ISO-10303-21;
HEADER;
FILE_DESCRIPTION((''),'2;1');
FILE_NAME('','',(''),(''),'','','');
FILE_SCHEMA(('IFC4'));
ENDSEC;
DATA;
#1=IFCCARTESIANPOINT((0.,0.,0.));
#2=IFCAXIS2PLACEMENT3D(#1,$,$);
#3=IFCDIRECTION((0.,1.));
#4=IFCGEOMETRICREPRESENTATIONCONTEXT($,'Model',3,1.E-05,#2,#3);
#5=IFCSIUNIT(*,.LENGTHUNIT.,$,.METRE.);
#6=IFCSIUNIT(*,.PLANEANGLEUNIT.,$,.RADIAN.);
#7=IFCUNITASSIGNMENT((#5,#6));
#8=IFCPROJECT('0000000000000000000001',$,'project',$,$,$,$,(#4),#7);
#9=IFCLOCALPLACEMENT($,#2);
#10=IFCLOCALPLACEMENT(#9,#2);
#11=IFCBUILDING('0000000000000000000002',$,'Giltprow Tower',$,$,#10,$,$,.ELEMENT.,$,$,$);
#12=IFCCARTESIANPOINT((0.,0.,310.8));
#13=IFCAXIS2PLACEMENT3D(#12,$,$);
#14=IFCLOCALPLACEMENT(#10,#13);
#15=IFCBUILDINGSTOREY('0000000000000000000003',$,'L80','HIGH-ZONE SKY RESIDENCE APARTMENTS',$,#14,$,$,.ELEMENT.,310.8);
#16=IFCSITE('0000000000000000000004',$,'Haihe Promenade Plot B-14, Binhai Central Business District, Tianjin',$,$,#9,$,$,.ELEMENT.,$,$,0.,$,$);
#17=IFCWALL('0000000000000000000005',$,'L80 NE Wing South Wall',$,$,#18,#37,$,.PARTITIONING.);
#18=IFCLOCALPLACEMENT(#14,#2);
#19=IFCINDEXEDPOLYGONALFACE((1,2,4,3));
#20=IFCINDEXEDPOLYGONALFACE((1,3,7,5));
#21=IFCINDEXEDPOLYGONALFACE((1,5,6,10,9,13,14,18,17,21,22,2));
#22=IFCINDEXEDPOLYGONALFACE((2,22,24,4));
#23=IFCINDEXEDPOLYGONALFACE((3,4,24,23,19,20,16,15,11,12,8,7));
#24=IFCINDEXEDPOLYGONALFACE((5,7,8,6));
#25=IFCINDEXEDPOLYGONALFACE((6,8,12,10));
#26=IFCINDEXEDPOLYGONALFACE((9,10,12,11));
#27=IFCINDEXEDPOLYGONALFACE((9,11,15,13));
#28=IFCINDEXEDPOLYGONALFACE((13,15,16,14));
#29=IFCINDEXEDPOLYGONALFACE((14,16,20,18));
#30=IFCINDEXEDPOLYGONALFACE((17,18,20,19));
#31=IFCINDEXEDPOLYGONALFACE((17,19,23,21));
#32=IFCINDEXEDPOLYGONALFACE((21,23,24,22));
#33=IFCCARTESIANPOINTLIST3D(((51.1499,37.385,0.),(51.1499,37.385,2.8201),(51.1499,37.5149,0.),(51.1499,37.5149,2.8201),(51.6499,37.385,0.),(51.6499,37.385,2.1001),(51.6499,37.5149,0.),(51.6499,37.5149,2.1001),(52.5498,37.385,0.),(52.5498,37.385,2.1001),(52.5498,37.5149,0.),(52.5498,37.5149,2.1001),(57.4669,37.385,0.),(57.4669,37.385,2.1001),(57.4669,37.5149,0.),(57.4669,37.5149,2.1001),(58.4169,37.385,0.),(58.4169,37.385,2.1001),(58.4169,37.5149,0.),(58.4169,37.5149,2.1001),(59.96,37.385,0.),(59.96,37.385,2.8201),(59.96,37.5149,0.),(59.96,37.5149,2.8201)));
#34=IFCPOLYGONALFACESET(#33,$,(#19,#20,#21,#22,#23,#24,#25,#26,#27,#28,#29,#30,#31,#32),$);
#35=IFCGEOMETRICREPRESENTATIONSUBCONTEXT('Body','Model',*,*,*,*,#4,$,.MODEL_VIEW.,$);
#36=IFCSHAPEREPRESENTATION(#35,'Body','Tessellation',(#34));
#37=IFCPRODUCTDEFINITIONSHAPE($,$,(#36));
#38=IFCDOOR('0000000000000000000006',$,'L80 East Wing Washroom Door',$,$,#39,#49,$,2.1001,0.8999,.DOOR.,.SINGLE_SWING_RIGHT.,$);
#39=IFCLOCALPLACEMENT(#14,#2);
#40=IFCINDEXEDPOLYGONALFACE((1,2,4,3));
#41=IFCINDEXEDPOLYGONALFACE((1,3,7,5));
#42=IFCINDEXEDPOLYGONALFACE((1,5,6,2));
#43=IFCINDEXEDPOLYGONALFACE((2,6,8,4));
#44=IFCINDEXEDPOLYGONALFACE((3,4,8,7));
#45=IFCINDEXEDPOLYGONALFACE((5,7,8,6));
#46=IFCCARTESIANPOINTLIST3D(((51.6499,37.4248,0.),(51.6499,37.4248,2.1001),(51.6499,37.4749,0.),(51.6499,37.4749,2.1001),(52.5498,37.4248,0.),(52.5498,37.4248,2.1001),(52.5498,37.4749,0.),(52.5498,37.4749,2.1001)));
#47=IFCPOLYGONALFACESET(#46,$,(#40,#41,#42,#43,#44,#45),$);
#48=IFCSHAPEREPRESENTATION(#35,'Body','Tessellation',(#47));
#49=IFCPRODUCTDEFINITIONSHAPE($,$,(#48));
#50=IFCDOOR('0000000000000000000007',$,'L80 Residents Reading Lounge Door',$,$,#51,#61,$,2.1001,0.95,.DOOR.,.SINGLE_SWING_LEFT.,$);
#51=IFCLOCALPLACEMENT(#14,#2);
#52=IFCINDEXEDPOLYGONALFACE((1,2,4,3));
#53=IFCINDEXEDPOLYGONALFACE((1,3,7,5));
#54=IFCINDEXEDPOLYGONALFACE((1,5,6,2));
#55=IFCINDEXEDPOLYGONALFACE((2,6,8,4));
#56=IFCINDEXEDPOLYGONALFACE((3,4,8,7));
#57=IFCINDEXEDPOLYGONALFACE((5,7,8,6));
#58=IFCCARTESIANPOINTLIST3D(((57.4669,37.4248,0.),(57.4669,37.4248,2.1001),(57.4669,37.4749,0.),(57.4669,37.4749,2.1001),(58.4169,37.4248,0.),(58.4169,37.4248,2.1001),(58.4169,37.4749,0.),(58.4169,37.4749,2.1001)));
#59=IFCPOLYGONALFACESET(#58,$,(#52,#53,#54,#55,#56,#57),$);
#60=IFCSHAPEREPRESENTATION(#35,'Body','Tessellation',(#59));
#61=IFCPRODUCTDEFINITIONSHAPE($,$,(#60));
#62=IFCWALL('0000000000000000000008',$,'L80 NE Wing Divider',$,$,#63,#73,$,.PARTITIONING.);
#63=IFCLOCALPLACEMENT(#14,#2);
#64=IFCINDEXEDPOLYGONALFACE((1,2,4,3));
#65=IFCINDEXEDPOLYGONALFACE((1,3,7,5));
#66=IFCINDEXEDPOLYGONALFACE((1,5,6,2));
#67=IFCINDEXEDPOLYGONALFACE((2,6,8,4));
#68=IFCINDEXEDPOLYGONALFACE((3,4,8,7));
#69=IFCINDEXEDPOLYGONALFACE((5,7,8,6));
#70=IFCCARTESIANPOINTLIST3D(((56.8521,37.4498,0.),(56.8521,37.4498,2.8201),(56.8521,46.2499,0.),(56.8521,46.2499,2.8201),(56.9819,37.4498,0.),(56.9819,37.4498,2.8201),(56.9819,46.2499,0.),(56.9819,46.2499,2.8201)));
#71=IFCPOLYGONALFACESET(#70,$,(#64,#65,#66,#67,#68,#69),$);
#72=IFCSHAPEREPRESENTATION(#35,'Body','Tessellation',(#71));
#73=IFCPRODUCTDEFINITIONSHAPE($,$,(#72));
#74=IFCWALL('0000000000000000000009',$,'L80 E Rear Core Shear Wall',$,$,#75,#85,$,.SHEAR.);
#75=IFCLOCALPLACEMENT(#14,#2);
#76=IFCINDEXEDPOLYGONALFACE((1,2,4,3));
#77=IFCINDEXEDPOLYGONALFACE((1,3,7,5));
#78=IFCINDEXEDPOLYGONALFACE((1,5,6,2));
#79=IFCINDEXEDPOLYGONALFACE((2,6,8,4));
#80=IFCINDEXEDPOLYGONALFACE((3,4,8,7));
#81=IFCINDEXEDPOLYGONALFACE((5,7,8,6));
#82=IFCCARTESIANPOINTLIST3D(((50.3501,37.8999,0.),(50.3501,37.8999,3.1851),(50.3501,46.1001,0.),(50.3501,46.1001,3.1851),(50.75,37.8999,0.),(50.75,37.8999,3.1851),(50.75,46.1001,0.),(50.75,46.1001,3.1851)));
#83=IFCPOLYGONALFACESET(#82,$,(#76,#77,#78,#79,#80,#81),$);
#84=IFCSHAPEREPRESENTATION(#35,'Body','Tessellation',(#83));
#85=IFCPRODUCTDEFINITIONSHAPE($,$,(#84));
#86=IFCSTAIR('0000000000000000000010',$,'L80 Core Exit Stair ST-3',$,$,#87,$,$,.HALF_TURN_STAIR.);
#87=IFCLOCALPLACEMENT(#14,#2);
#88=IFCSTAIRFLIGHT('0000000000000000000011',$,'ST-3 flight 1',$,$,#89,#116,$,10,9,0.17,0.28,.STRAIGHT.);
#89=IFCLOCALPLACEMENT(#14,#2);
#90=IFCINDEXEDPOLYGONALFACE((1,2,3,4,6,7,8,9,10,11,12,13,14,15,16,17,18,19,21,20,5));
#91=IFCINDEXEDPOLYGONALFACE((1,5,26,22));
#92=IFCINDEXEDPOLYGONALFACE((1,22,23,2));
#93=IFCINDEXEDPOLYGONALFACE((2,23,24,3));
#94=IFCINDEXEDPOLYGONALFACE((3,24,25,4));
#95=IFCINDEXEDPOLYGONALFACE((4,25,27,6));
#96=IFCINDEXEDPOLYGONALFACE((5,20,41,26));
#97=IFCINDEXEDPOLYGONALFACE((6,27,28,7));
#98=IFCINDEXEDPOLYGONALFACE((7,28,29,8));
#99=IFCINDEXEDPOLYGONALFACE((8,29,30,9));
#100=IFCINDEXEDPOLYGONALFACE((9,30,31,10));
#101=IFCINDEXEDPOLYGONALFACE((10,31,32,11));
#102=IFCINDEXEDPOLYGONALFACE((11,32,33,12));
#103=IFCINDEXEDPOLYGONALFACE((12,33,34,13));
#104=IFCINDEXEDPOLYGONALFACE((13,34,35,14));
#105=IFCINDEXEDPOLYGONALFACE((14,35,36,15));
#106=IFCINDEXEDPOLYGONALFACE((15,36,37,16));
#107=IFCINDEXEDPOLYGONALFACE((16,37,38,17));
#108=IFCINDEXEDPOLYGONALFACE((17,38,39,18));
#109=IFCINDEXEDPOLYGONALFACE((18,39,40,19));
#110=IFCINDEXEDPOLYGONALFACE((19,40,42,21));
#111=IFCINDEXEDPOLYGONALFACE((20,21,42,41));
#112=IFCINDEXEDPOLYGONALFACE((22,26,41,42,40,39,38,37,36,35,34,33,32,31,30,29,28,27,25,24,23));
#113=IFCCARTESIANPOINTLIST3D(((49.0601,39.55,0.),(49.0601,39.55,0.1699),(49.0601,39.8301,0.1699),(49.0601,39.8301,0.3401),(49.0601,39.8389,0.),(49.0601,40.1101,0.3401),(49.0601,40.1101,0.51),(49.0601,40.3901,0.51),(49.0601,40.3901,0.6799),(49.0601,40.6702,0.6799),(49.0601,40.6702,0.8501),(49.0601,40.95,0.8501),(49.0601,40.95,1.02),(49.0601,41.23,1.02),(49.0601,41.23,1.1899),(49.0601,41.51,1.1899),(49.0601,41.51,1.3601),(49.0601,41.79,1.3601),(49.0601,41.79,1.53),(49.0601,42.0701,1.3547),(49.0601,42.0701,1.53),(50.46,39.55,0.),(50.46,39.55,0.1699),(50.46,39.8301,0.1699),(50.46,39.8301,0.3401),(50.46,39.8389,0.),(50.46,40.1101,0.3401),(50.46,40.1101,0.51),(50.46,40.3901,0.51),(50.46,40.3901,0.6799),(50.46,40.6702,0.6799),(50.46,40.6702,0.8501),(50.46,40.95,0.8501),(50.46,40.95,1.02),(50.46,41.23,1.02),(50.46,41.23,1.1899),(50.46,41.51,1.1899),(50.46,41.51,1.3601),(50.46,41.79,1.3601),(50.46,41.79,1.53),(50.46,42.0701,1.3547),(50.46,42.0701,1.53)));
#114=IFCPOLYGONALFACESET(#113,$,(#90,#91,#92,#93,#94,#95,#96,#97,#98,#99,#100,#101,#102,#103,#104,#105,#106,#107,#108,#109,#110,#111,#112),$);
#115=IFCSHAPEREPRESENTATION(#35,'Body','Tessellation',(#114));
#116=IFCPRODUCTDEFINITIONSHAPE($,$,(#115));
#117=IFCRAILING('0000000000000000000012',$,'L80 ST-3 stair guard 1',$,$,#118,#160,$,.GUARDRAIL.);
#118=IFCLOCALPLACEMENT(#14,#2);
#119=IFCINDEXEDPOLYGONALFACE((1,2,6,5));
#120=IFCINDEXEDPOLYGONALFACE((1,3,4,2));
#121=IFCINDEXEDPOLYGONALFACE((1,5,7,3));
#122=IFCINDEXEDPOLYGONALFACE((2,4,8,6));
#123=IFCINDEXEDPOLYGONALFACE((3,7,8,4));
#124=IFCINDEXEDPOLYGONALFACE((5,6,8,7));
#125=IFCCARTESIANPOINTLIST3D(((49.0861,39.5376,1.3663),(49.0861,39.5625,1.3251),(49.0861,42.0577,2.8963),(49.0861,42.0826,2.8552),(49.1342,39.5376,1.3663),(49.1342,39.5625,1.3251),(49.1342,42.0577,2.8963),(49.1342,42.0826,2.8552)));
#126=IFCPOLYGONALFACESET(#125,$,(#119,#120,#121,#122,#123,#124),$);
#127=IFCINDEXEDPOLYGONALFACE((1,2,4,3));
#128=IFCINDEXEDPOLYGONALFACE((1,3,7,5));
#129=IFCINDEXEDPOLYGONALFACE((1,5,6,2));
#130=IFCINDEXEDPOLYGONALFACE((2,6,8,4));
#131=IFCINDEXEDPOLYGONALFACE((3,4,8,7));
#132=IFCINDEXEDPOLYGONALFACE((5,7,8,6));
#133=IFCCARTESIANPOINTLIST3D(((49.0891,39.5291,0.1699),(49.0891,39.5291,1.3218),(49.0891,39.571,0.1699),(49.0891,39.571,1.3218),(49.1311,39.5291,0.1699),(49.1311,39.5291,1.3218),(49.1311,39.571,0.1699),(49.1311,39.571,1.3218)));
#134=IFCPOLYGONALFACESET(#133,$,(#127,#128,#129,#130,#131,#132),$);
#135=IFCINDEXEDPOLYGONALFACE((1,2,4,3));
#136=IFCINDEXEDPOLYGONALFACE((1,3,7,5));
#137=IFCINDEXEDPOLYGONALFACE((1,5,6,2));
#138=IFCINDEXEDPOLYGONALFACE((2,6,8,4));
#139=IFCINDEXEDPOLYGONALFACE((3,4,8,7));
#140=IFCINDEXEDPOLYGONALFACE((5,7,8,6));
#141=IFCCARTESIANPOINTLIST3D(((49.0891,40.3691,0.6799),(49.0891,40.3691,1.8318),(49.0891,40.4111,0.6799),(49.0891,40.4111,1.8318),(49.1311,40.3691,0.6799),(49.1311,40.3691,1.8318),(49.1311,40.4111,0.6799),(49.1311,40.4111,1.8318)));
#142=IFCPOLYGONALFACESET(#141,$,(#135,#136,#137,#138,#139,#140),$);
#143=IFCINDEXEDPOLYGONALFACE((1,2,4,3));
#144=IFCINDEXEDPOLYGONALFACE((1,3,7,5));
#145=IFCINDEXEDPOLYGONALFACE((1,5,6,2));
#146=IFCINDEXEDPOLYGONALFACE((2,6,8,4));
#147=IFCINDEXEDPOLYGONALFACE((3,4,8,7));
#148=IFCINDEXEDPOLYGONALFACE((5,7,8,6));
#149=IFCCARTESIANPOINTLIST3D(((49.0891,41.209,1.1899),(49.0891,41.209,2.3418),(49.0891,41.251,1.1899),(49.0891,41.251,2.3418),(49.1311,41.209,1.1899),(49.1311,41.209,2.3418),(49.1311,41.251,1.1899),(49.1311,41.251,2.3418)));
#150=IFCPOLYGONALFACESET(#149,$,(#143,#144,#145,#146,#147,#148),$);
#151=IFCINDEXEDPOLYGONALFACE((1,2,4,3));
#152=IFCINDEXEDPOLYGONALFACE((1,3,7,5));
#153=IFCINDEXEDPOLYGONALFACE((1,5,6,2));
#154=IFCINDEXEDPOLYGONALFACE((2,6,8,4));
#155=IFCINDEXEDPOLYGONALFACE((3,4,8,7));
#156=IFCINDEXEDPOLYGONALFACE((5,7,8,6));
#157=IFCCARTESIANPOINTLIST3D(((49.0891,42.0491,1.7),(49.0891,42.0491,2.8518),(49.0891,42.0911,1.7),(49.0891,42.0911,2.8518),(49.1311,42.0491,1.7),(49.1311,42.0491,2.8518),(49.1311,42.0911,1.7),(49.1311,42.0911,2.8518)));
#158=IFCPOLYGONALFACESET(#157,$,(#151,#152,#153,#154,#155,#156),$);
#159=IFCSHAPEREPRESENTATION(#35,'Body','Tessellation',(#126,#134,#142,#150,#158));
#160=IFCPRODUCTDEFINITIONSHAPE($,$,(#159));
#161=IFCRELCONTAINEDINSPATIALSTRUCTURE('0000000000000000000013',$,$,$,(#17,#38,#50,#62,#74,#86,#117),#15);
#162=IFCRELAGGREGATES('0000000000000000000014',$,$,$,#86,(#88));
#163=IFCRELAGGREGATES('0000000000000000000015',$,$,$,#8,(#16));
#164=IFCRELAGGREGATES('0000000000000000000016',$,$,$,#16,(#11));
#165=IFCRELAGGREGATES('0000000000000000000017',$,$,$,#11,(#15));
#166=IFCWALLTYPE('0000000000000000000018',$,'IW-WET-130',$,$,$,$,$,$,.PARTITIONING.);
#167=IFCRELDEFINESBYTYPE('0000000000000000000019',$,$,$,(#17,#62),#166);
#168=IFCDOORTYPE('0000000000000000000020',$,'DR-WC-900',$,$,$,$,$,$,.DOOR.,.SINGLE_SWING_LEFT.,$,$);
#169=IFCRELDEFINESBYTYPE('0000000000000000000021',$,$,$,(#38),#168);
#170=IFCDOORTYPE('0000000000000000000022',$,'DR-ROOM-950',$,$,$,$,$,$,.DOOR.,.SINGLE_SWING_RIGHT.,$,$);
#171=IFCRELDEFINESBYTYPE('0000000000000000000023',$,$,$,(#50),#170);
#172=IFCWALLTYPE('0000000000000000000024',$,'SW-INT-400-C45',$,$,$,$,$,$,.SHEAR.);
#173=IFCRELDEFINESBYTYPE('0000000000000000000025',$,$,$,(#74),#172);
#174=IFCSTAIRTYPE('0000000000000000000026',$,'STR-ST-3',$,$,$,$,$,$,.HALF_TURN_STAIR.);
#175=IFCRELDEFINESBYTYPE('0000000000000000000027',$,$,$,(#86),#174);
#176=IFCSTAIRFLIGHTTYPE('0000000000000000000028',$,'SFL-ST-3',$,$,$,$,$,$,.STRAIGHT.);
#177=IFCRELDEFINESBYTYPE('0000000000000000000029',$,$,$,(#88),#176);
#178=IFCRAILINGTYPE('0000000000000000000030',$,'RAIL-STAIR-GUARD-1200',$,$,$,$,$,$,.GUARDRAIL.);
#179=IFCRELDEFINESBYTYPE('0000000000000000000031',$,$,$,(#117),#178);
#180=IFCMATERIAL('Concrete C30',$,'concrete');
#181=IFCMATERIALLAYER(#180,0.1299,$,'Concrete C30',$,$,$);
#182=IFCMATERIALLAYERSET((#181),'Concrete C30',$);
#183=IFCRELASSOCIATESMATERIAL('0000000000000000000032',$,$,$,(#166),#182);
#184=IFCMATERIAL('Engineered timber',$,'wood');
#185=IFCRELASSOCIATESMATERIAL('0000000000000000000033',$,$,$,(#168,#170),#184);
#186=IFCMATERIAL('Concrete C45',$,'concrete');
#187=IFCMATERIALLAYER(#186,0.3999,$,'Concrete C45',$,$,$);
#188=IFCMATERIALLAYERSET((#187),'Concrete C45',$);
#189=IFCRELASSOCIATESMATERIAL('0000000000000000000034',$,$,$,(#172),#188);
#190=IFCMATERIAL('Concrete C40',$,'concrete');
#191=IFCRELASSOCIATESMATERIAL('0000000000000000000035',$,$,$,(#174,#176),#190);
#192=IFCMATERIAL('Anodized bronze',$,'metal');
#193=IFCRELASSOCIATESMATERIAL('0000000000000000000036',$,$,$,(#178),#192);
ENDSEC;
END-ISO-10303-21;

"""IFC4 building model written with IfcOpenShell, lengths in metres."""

from ifc_helpers import new_model, si_unit, direction, frame, frame_2d, origin, origin_2d, place, context, subcontext, project, spatial, polyline, rectangle, outline, extrude, source, transform, mapped, material, layer, layer_set, type_object, element, fill, aggregate, save


model = new_model("IFC4")

# Units and contexts
model_context = context("Model", 3, precision=1e-05, world=origin(), true_north=direction((0.0, 1.0)))
body_context = subcontext(model_context, "Body", "Model", "MODEL_VIEW")
ifc_project = project(units=[si_unit("LENGTHUNIT", "METRE"), si_unit("PLANEANGLEUNIT", "RADIAN")], contexts=[model_context])

# Site, building, storey
site_placement = place(None, origin())
site = spatial("IfcSite", under=ifc_project, at=site_placement, Name="Haihe Promenade Plot B-14, Binhai Central Business District, Tianjin", CompositionType="ELEMENT", RefElevation=0.0)
building_placement = place(site_placement, origin())
building = spatial("IfcBuilding", under=site, at=building_placement, Name="Giltprow Tower", CompositionType="ELEMENT")
storey_placement = place(building_placement, frame((0.0, 0.0, 310.8)))
storey = spatial("IfcBuildingStorey", under=building, at=storey_placement, Name="L80", Description="HIGH-ZONE SKY RESIDENCE APARTMENTS", CompositionType="ELEMENT", Elevation=310.8)

# Shared definitions
ifc_material_1 = material(Name="Concrete C45", Category="concrete")

# Wall, openings, doors
ifc_material_2 = material(Name="Concrete C30", Category="concrete")
ifc_layer_1 = layer(ifc_material_2, 0.1299, Name="Concrete C30")
ifc_layer_set_1 = layer_set([ifc_layer_1], Name="Concrete C30")
wall_type_1 = type_object("IfcWallType", Name="IW-WET-130", PredefinedType="PARTITIONING", material=ifc_layer_set_1)
wall_1_placement = place(storey_placement, frame((51.1499, 37.45, 0.0), z_axis=(0.0, 0.0, 1.0), x_axis=(1.0, 0.0, 0.0)))
wall_1 = element("IfcWall", 1, at=wall_1_placement, inside=storey, type_object=wall_type_1, Name="L80 NE Wing South Wall", PredefinedType="PARTITIONING", context=body_context, shape_type="SweptSolid", body=[
    extrude(rectangle(XDim=8.8101, YDim=0.1299, at=frame_2d((4.405, 0.0))), origin(), (0.0, 0.0, 1.0), 2.8201),
])
opening_1_placement = place(wall_1_placement, frame((0.5, 0.0, 0.0)))
opening_1 = element("IfcOpeningElement", 2, at=opening_1_placement, cuts=wall_1, PredefinedType="OPENING", context=body_context, shape_type="SweptSolid", body=[
    extrude(rectangle(XDim=0.8999, YDim=2.1001, at=frame_2d((0.45, 1.05))), frame((0.0, 0.075, 0.0), z_axis=(0.0, -1.0, 0.0), x_axis=(1.0, 0.0, 0.0)), (0.0, 0.0, 1.0), 0.1499),
])
opening_2_placement = place(wall_1_placement, frame((6.3169, 0.0, 0.0)))
opening_2 = element("IfcOpeningElement", 3, at=opening_2_placement, cuts=wall_1, PredefinedType="OPENING", context=body_context, shape_type="SweptSolid", body=[
    extrude(rectangle(XDim=0.95, YDim=2.1001, at=frame_2d((0.4751, 1.05))), frame((0.0, 0.075, 0.0), z_axis=(0.0, -1.0, 0.0), x_axis=(1.0, 0.0, 0.0)), (0.0, 0.0, 1.0), 0.1499),
])
ifc_material_3 = material(Name="Engineered timber", Category="wood")
door_type_1 = type_object("IfcDoorType", Name="DR-WC-900", OperationType="SINGLE_SWING_LEFT", PredefinedType="DOOR", material=ifc_material_3)
shared_shape_1 = source(origin(), body_context, "Body", "SweptSolid", [
    extrude(rectangle(XDim=0.8999, YDim=2.1001, at=frame_2d((0.45, 1.05))), frame((0.0, 0.0249, 0.0), z_axis=(0.0, -1.0, 0.0), x_axis=(1.0, 0.0, 0.0)), (0.0, 0.0, 1.0), 0.05),
])
door_1_placement = place(opening_1_placement, origin())
door_1 = element("IfcDoor", 4, at=door_1_placement, inside=storey, type_object=door_type_1, Name="L80 East Wing Washroom Door", OperationType="SINGLE_SWING_RIGHT", OverallHeight=2.1001, OverallWidth=0.8999, PredefinedType="DOOR", context=body_context, shape_type="MappedRepresentation", body=[
    mapped(shared_shape_1, transform((0.0, 0.0, 0.0), x_axis=(1.0, 0.0, 0.0), y_axis=(0.0, 1.0, 0.0), z_axis=(0.0, 0.0, 1.0), scale=1.0)),
])
fill(opening_1, door_1)
door_type_2 = type_object("IfcDoorType", Name="DR-ROOM-950", OperationType="SINGLE_SWING_RIGHT", PredefinedType="DOOR", material=ifc_material_3)
shared_shape_2 = source(origin(), body_context, "Body", "SweptSolid", [
    extrude(rectangle(XDim=0.95, YDim=2.1001, at=frame_2d((0.4751, 1.05))), frame((0.0, 0.0249, 0.0), z_axis=(0.0, -1.0, 0.0), x_axis=(1.0, 0.0, 0.0)), (0.0, 0.0, 1.0), 0.05),
])
door_2_placement = place(opening_2_placement, origin())
door_2 = element("IfcDoor", 5, at=door_2_placement, inside=storey, type_object=door_type_2, Name="L80 Residents Reading Lounge Door", OperationType="SINGLE_SWING_LEFT", OverallHeight=2.1001, OverallWidth=0.95, PredefinedType="DOOR", context=body_context, shape_type="MappedRepresentation", body=[
    mapped(shared_shape_2, transform((0.0, 0.0, 0.0), x_axis=(1.0, 0.0, 0.0), y_axis=(0.0, 1.0, 0.0), z_axis=(0.0, 0.0, 1.0), scale=1.0)),
])
fill(opening_2, door_2)

# Walls
wall_2_placement = place(storey_placement, frame((56.917, 37.45, 0.0), z_axis=(0.0, 0.0, 1.0), x_axis=(0.0, 1.0, 0.0)))
element("IfcWall", 6, at=wall_2_placement, inside=storey, type_object=wall_type_1, Name="L80 NE Wing Divider", PredefinedType="PARTITIONING", context=body_context, shape_type="SweptSolid", body=[
    extrude(rectangle(XDim=8.8, YDim=0.1299, at=frame_2d((4.3999, 0.0))), origin(), (0.0, 0.0, 1.0), 2.8201),
])
ifc_layer_2 = layer(ifc_material_1, 0.3999, Name="Concrete C45")
ifc_layer_set_2 = layer_set([ifc_layer_2], Name="Concrete C45")
wall_type_2 = type_object("IfcWallType", Name="SW-INT-400-C45", PredefinedType="SHEAR", material=ifc_layer_set_2)
wall_3_placement = place(storey_placement, frame((50.55, 37.8999, 0.0), z_axis=(0.0, 0.0, 1.0), x_axis=(0.0, 1.0, 0.0)))
element("IfcWall", 7, at=wall_3_placement, inside=storey, type_object=wall_type_2, Name="L80 E Rear Core Shear Wall", PredefinedType="SHEAR", context=body_context, shape_type="SweptSolid", body=[
    extrude(rectangle(XDim=8.2002, YDim=0.3999, at=frame_2d((4.1001, 0.0))), origin(), (0.0, 0.0, 1.0), 3.1851),
])

# Stair, stair flight
ifc_material_4 = material(Name="Concrete C40", Category="concrete")
stair_type = type_object("IfcStairType", Name="STR-ST-3", PredefinedType="HALF_TURN_STAIR", material=ifc_material_4)
stair_placement = place(storey_placement, origin())
stair = element("IfcStair", 8, at=stair_placement, inside=storey, type_object=stair_type, Name="L80 Core Exit Stair ST-3", PredefinedType="HALF_TURN_STAIR")
stair_flight_type = type_object("IfcStairFlightType", Name="SFL-ST-3", PredefinedType="STRAIGHT", material=ifc_material_4)
stair_flight_placement = place(storey_placement, frame((49.76, 39.55, 0.0), z_axis=(0.0, 0.0, 1.0), x_axis=(0.0, 1.0, 0.0)))
stair_flight = element("IfcStairFlight", 9, at=stair_flight_placement, type_object=stair_flight_type, Name="ST-3 flight 1", NumberOfRisers=10, NumberOfTreads=9, PredefinedType="STRAIGHT", RiserHeight=0.17, TreadLength=0.28, context=body_context, shape_type="SweptSolid", body=[
    extrude(outline(polyline([(0.0, 0.0), (0.0, 0.1699), (0.28, 0.1699), (0.28, 0.3401), (0.5601, 0.3401), (0.5601, 0.51), (0.8401, 0.51), (0.8401, 0.6799), (1.1201, 0.6799), (1.1201, 0.8501), (1.3999, 0.8501), (1.3999, 1.02), (1.6799, 1.02), (1.6799, 1.1899), (1.96, 1.1899), (1.96, 1.3601), (2.24, 1.3601), (2.24, 1.53), (2.52, 1.53), (2.52, 1.7), (2.52, 1.3547), (0.2888, 0.0), (0.0, 0.0)])), frame((0.0, 0.7, 0.0), z_axis=(0.0, -1.0, 0.0), x_axis=(1.0, 0.0, 0.0)), (0.0, 0.0, 1.0), 1.3999),
])
aggregate(stair, [stair_flight])

# Railing
ifc_material_5 = material(Name="Anodized bronze", Category="metal")
railing_type_1 = type_object("IfcRailingType", Name="RAIL-STAIR-GUARD-1200", PredefinedType="GUARDRAIL", material=ifc_material_5)
railing_1_placement = place(storey_placement, frame((49.1101, 39.55, 0.1699)))
element("IfcRailing", 10, at=railing_1_placement, inside=storey, type_object=railing_type_1, Name="L80 ST-3 stair guard 1", PredefinedType="GUARDRAIL", context=body_context, shape_type="SweptSolid", body=[
    extrude(rectangle(XDim=0.0481, YDim=0.0481, at=origin_2d()), frame((0.0, 0.0, 1.1758), z_axis=(0.0, 0.854785, 0.518982), x_axis=(-1.0, 0.0, 0.0)), (0.0, 0.0, 1.0), 2.9482),
    extrude(rectangle(XDim=0.042, YDim=0.042, at=origin_2d()), origin(), (0.0, 0.0, 1.0), 1.1519),
    extrude(rectangle(XDim=0.042, YDim=0.042, at=origin_2d()), frame((0.0, 0.8401, 0.51)), (0.0, 0.0, 1.0), 1.1519),
    extrude(rectangle(XDim=0.042, YDim=0.042, at=origin_2d()), frame((0.0, 1.6799, 1.02)), (0.0, 0.0, 1.0), 1.1519),
    extrude(rectangle(XDim=0.042, YDim=0.042, at=origin_2d()), frame((0.0, 2.52, 1.53)), (0.0, 0.0, 1.0), 1.1519),
])

save(model, "model.ifc")
